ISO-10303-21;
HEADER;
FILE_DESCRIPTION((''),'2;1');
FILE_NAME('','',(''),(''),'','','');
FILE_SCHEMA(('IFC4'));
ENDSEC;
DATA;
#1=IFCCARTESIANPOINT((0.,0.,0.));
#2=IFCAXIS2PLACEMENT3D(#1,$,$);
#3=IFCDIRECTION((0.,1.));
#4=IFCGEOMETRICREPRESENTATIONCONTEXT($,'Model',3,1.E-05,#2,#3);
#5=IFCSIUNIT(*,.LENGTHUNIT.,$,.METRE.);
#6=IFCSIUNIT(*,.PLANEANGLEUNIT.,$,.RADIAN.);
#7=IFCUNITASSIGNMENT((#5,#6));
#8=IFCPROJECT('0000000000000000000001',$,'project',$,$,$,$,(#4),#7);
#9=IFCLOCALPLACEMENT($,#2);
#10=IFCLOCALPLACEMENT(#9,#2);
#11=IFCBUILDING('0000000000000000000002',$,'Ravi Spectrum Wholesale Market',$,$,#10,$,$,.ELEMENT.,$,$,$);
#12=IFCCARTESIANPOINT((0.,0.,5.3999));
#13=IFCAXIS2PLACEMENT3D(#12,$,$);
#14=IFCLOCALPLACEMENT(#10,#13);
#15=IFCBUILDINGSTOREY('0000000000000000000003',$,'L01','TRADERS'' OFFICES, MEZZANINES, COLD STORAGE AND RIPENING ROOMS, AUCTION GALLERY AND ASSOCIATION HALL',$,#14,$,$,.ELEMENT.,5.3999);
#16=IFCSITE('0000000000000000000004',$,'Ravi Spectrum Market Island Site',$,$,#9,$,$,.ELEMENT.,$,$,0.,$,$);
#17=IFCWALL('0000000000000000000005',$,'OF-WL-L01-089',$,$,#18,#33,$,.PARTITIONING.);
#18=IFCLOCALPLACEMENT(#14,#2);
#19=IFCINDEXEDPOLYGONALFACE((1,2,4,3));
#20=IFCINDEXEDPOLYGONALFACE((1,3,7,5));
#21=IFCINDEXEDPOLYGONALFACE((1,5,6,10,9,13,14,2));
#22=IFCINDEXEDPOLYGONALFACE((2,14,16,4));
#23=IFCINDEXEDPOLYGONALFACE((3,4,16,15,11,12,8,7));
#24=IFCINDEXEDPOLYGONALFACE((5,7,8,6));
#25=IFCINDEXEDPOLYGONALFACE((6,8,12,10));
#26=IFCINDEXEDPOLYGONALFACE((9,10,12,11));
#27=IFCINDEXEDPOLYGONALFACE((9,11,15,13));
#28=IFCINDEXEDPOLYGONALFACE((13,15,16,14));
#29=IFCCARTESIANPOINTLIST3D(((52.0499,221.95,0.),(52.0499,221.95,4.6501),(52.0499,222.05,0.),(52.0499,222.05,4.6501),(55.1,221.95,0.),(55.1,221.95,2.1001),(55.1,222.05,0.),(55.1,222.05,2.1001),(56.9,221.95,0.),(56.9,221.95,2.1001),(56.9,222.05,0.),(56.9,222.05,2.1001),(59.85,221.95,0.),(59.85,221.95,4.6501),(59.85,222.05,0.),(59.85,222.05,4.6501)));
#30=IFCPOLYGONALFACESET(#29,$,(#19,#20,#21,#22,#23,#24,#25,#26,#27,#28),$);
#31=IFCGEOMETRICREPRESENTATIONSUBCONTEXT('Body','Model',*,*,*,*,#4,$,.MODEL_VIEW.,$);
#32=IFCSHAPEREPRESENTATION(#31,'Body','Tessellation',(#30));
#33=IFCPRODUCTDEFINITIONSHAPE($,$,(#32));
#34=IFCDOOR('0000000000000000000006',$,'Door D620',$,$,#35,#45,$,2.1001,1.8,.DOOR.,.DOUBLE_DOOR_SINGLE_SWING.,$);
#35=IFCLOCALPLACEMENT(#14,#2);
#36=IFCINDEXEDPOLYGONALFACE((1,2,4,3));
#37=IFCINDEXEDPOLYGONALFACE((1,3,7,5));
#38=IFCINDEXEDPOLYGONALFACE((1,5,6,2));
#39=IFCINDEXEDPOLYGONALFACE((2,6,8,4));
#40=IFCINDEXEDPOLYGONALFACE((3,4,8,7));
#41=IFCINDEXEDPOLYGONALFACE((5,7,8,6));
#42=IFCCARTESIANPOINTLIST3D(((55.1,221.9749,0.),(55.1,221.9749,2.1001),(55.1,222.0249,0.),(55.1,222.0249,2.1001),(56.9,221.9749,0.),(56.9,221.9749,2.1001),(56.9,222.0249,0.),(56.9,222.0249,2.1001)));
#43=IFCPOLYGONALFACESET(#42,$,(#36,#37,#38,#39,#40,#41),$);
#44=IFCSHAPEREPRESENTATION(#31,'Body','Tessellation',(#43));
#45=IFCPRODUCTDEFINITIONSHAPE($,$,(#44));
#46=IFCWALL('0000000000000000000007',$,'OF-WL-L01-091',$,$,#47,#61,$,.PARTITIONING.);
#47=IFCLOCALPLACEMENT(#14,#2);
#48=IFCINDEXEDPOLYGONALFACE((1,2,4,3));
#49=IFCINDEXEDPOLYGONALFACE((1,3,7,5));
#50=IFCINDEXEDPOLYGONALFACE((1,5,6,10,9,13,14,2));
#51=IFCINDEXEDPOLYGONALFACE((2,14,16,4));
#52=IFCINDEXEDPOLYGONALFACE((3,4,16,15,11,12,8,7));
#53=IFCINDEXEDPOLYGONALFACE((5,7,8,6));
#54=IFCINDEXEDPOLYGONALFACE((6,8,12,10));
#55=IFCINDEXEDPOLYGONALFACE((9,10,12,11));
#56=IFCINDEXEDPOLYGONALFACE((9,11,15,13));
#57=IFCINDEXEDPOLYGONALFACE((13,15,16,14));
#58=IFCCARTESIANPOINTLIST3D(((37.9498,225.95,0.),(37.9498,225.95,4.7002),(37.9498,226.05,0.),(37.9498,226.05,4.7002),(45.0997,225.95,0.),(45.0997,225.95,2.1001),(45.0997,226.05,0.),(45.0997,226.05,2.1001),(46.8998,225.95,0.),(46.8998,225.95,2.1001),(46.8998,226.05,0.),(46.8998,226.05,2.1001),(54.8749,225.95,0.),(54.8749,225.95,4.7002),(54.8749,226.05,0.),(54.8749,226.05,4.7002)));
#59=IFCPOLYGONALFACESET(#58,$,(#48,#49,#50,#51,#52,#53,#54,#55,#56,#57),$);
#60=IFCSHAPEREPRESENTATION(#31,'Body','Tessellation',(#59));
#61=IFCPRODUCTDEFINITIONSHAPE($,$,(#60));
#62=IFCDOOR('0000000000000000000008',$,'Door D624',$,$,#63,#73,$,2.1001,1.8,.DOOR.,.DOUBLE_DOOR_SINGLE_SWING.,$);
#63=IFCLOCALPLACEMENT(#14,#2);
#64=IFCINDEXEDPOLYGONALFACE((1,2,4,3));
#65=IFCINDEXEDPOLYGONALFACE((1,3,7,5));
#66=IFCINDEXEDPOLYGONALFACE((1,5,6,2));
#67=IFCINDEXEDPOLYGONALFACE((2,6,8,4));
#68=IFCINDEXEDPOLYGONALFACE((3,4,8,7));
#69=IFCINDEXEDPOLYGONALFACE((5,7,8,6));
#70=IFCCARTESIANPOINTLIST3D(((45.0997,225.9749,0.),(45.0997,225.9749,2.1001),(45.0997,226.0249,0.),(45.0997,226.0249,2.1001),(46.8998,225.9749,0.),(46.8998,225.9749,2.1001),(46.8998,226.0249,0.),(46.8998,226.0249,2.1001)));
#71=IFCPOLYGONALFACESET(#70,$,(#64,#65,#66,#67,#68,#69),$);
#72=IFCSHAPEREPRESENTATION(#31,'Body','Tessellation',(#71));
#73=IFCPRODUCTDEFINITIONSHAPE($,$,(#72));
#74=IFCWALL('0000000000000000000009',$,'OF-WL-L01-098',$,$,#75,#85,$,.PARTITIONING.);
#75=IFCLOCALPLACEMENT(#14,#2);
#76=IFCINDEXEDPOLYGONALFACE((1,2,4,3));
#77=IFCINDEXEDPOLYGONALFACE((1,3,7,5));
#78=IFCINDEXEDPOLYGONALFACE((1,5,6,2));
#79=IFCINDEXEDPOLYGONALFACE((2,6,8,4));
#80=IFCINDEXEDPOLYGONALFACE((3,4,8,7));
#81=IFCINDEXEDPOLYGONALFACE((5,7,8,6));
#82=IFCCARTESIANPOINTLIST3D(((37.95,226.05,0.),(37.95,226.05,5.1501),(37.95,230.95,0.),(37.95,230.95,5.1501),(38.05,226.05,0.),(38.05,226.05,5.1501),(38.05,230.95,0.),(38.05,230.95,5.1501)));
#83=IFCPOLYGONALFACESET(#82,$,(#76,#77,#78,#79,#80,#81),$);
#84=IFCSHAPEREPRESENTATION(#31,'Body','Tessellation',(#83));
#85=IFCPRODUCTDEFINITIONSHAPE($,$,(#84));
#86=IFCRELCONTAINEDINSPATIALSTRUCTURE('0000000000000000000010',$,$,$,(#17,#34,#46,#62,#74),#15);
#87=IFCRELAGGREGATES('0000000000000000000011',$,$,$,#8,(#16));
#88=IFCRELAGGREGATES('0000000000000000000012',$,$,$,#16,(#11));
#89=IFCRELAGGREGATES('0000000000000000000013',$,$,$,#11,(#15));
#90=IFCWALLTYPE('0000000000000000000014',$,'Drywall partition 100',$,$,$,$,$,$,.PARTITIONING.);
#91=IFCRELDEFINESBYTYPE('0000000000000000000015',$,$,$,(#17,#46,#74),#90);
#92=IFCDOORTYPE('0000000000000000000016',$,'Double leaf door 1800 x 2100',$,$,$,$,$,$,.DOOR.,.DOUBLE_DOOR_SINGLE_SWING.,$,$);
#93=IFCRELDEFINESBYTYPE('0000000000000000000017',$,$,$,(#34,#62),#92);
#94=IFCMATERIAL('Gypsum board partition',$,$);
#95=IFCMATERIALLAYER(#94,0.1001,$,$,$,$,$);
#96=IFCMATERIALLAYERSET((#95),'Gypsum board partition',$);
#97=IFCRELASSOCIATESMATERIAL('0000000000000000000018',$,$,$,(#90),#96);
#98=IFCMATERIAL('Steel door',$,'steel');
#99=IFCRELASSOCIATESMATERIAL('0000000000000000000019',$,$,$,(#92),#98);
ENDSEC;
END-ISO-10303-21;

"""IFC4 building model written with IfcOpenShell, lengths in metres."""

from ifc_helpers import new_model, si_unit, direction, frame, frame_2d, origin, place, context, subcontext, project, spatial, rectangle, extrude, material, layer, layer_set, type_object, element, fill, save


model = new_model("IFC4")

# Units and contexts
model_context = context("Model", 3, precision=1e-05, world=origin(), true_north=direction((0.0, 1.0)))
body_context = subcontext(model_context, "Body", "Model", "MODEL_VIEW")
ifc_project = project(units=[si_unit("LENGTHUNIT", "METRE"), si_unit("PLANEANGLEUNIT", "RADIAN")], contexts=[model_context])

# Site, building, storey
site_placement = place(None, origin())
site = spatial("IfcSite", under=ifc_project, at=site_placement, Name="Ravi Spectrum Market Island Site", CompositionType="ELEMENT", RefElevation=0.0)
building_placement = place(site_placement, origin())
building = spatial("IfcBuilding", under=site, at=building_placement, Name="Ravi Spectrum Wholesale Market", CompositionType="ELEMENT")
storey_placement = place(building_placement, frame((0.0, 0.0, 5.3999)))
storey = spatial("IfcBuildingStorey", under=building, at=storey_placement, Name="L01", Description="TRADERS' OFFICES, MEZZANINES, COLD STORAGE AND RIPENING ROOMS, AUCTION GALLERY AND ASSOCIATION HALL", CompositionType="ELEMENT", Elevation=5.3999)

# Shared definitions
ifc_material_1 = material(Name="Gypsum board partition")
ifc_layer_1 = layer(ifc_material_1, 0.1001)
ifc_layer_set_1 = layer_set([ifc_layer_1], Name="Gypsum board partition")
wall_type_1 = type_object("IfcWallType", Name="Drywall partition 100", PredefinedType="PARTITIONING", material=ifc_layer_set_1)

# Walls, openings, doors
wall_1_placement = place(storey_placement, frame((52.05, 222.0, 0.0), z_axis=(0.0, 0.0, 1.0), x_axis=(1.0, 0.0, 0.0)))
wall_1 = element("IfcWall", 1, at=wall_1_placement, inside=storey, type_object=wall_type_1, Name="OF-WL-L01-089", PredefinedType="PARTITIONING", context=body_context, shape_type="SweptSolid", body=[
    extrude(rectangle(XDim=7.8, YDim=0.1001, at=frame_2d((3.8999, 0.0))), origin(), (0.0, 0.0, 1.0), 4.6501),
])
opening_1_placement = place(wall_1_placement, frame((3.05, 0.0, 0.0)))
opening_1 = element("IfcOpeningElement", 2, at=opening_1_placement, cuts=wall_1, PredefinedType="OPENING", context=body_context, shape_type="SweptSolid", body=[
    extrude(rectangle(XDim=1.8, YDim=2.1001, at=frame_2d((0.8999, 1.05))), frame((0.0, 0.0601, 0.0), z_axis=(0.0, -1.0, 0.0), x_axis=(1.0, 0.0, 0.0)), (0.0, 0.0, 1.0), 0.1201),
])
ifc_material_2 = material(Name="Steel door", Category="steel")
door_type_1 = type_object("IfcDoorType", Name="Double leaf door 1800 x 2100", OperationType="DOUBLE_DOOR_SINGLE_SWING", PredefinedType="DOOR", material=ifc_material_2)
door_1_placement = place(opening_1_placement, origin())
door_1 = element("IfcDoor", 3, at=door_1_placement, inside=storey, type_object=door_type_1, Name="Door D620", OperationType="DOUBLE_DOOR_SINGLE_SWING", OverallHeight=2.1001, OverallWidth=1.8, PredefinedType="DOOR", context=body_context, shape_type="SweptSolid", body=[
    extrude(rectangle(XDim=1.8, YDim=2.1001, at=frame_2d((0.8999, 1.05))), frame((0.0, 0.0249, 0.0), z_axis=(0.0, -1.0, 0.0), x_axis=(1.0, 0.0, 0.0)), (0.0, 0.0, 1.0), 0.05),
])
fill(opening_1, door_1)
wall_2_placement = place(storey_placement, frame((37.95, 226.0, 0.0), z_axis=(0.0, 0.0, 1.0), x_axis=(1.0, 0.0, 0.0)))
wall_2 = element("IfcWall", 4, at=wall_2_placement, inside=storey, type_object=wall_type_1, Name="OF-WL-L01-091", PredefinedType="PARTITIONING", context=body_context, shape_type="SweptSolid", body=[
    extrude(rectangle(XDim=16.925, YDim=0.1001, at=frame_2d((8.4624, 0.0))), origin(), (0.0, 0.0, 1.0), 4.7002),
])
opening_2_placement = place(wall_2_placement, frame((7.1499, 0.0, 0.0)))
opening_2 = element("IfcOpeningElement", 5, at=opening_2_placement, cuts=wall_2, PredefinedType="OPENING", context=body_context, shape_type="SweptSolid", body=[
    extrude(rectangle(XDim=1.8, YDim=2.1001, at=frame_2d((0.8999, 1.05))), frame((0.0, 0.0601, 0.0), z_axis=(0.0, -1.0, 0.0), x_axis=(1.0, 0.0, 0.0)), (0.0, 0.0, 1.0), 0.1201),
])
door_2_placement = place(opening_2_placement, origin())
door_2 = element("IfcDoor", 6, at=door_2_placement, inside=storey, type_object=door_type_1, Name="Door D624", OperationType="DOUBLE_DOOR_SINGLE_SWING", OverallHeight=2.1001, OverallWidth=1.8, PredefinedType="DOOR", context=body_context, shape_type="SweptSolid", body=[
    extrude(rectangle(XDim=1.8, YDim=2.1001, at=frame_2d((0.8999, 1.05))), frame((0.0, 0.0249, 0.0), z_axis=(0.0, -1.0, 0.0), x_axis=(1.0, 0.0, 0.0)), (0.0, 0.0, 1.0), 0.05),
])
fill(opening_2, door_2)

# Wall
wall_3_placement = place(storey_placement, frame((38.0, 226.05, 0.0), z_axis=(0.0, 0.0, 1.0), x_axis=(0.0, 1.0, 0.0)))
element("IfcWall", 7, at=wall_3_placement, inside=storey, type_object=wall_type_1, Name="OF-WL-L01-098", PredefinedType="PARTITIONING", context=body_context, shape_type="SweptSolid", body=[
    extrude(rectangle(XDim=4.8999, YDim=0.1001, at=frame_2d((2.45, 0.0))), origin(), (0.0, 0.0, 1.0), 5.1501),
])

save(model, "model.ifc")
